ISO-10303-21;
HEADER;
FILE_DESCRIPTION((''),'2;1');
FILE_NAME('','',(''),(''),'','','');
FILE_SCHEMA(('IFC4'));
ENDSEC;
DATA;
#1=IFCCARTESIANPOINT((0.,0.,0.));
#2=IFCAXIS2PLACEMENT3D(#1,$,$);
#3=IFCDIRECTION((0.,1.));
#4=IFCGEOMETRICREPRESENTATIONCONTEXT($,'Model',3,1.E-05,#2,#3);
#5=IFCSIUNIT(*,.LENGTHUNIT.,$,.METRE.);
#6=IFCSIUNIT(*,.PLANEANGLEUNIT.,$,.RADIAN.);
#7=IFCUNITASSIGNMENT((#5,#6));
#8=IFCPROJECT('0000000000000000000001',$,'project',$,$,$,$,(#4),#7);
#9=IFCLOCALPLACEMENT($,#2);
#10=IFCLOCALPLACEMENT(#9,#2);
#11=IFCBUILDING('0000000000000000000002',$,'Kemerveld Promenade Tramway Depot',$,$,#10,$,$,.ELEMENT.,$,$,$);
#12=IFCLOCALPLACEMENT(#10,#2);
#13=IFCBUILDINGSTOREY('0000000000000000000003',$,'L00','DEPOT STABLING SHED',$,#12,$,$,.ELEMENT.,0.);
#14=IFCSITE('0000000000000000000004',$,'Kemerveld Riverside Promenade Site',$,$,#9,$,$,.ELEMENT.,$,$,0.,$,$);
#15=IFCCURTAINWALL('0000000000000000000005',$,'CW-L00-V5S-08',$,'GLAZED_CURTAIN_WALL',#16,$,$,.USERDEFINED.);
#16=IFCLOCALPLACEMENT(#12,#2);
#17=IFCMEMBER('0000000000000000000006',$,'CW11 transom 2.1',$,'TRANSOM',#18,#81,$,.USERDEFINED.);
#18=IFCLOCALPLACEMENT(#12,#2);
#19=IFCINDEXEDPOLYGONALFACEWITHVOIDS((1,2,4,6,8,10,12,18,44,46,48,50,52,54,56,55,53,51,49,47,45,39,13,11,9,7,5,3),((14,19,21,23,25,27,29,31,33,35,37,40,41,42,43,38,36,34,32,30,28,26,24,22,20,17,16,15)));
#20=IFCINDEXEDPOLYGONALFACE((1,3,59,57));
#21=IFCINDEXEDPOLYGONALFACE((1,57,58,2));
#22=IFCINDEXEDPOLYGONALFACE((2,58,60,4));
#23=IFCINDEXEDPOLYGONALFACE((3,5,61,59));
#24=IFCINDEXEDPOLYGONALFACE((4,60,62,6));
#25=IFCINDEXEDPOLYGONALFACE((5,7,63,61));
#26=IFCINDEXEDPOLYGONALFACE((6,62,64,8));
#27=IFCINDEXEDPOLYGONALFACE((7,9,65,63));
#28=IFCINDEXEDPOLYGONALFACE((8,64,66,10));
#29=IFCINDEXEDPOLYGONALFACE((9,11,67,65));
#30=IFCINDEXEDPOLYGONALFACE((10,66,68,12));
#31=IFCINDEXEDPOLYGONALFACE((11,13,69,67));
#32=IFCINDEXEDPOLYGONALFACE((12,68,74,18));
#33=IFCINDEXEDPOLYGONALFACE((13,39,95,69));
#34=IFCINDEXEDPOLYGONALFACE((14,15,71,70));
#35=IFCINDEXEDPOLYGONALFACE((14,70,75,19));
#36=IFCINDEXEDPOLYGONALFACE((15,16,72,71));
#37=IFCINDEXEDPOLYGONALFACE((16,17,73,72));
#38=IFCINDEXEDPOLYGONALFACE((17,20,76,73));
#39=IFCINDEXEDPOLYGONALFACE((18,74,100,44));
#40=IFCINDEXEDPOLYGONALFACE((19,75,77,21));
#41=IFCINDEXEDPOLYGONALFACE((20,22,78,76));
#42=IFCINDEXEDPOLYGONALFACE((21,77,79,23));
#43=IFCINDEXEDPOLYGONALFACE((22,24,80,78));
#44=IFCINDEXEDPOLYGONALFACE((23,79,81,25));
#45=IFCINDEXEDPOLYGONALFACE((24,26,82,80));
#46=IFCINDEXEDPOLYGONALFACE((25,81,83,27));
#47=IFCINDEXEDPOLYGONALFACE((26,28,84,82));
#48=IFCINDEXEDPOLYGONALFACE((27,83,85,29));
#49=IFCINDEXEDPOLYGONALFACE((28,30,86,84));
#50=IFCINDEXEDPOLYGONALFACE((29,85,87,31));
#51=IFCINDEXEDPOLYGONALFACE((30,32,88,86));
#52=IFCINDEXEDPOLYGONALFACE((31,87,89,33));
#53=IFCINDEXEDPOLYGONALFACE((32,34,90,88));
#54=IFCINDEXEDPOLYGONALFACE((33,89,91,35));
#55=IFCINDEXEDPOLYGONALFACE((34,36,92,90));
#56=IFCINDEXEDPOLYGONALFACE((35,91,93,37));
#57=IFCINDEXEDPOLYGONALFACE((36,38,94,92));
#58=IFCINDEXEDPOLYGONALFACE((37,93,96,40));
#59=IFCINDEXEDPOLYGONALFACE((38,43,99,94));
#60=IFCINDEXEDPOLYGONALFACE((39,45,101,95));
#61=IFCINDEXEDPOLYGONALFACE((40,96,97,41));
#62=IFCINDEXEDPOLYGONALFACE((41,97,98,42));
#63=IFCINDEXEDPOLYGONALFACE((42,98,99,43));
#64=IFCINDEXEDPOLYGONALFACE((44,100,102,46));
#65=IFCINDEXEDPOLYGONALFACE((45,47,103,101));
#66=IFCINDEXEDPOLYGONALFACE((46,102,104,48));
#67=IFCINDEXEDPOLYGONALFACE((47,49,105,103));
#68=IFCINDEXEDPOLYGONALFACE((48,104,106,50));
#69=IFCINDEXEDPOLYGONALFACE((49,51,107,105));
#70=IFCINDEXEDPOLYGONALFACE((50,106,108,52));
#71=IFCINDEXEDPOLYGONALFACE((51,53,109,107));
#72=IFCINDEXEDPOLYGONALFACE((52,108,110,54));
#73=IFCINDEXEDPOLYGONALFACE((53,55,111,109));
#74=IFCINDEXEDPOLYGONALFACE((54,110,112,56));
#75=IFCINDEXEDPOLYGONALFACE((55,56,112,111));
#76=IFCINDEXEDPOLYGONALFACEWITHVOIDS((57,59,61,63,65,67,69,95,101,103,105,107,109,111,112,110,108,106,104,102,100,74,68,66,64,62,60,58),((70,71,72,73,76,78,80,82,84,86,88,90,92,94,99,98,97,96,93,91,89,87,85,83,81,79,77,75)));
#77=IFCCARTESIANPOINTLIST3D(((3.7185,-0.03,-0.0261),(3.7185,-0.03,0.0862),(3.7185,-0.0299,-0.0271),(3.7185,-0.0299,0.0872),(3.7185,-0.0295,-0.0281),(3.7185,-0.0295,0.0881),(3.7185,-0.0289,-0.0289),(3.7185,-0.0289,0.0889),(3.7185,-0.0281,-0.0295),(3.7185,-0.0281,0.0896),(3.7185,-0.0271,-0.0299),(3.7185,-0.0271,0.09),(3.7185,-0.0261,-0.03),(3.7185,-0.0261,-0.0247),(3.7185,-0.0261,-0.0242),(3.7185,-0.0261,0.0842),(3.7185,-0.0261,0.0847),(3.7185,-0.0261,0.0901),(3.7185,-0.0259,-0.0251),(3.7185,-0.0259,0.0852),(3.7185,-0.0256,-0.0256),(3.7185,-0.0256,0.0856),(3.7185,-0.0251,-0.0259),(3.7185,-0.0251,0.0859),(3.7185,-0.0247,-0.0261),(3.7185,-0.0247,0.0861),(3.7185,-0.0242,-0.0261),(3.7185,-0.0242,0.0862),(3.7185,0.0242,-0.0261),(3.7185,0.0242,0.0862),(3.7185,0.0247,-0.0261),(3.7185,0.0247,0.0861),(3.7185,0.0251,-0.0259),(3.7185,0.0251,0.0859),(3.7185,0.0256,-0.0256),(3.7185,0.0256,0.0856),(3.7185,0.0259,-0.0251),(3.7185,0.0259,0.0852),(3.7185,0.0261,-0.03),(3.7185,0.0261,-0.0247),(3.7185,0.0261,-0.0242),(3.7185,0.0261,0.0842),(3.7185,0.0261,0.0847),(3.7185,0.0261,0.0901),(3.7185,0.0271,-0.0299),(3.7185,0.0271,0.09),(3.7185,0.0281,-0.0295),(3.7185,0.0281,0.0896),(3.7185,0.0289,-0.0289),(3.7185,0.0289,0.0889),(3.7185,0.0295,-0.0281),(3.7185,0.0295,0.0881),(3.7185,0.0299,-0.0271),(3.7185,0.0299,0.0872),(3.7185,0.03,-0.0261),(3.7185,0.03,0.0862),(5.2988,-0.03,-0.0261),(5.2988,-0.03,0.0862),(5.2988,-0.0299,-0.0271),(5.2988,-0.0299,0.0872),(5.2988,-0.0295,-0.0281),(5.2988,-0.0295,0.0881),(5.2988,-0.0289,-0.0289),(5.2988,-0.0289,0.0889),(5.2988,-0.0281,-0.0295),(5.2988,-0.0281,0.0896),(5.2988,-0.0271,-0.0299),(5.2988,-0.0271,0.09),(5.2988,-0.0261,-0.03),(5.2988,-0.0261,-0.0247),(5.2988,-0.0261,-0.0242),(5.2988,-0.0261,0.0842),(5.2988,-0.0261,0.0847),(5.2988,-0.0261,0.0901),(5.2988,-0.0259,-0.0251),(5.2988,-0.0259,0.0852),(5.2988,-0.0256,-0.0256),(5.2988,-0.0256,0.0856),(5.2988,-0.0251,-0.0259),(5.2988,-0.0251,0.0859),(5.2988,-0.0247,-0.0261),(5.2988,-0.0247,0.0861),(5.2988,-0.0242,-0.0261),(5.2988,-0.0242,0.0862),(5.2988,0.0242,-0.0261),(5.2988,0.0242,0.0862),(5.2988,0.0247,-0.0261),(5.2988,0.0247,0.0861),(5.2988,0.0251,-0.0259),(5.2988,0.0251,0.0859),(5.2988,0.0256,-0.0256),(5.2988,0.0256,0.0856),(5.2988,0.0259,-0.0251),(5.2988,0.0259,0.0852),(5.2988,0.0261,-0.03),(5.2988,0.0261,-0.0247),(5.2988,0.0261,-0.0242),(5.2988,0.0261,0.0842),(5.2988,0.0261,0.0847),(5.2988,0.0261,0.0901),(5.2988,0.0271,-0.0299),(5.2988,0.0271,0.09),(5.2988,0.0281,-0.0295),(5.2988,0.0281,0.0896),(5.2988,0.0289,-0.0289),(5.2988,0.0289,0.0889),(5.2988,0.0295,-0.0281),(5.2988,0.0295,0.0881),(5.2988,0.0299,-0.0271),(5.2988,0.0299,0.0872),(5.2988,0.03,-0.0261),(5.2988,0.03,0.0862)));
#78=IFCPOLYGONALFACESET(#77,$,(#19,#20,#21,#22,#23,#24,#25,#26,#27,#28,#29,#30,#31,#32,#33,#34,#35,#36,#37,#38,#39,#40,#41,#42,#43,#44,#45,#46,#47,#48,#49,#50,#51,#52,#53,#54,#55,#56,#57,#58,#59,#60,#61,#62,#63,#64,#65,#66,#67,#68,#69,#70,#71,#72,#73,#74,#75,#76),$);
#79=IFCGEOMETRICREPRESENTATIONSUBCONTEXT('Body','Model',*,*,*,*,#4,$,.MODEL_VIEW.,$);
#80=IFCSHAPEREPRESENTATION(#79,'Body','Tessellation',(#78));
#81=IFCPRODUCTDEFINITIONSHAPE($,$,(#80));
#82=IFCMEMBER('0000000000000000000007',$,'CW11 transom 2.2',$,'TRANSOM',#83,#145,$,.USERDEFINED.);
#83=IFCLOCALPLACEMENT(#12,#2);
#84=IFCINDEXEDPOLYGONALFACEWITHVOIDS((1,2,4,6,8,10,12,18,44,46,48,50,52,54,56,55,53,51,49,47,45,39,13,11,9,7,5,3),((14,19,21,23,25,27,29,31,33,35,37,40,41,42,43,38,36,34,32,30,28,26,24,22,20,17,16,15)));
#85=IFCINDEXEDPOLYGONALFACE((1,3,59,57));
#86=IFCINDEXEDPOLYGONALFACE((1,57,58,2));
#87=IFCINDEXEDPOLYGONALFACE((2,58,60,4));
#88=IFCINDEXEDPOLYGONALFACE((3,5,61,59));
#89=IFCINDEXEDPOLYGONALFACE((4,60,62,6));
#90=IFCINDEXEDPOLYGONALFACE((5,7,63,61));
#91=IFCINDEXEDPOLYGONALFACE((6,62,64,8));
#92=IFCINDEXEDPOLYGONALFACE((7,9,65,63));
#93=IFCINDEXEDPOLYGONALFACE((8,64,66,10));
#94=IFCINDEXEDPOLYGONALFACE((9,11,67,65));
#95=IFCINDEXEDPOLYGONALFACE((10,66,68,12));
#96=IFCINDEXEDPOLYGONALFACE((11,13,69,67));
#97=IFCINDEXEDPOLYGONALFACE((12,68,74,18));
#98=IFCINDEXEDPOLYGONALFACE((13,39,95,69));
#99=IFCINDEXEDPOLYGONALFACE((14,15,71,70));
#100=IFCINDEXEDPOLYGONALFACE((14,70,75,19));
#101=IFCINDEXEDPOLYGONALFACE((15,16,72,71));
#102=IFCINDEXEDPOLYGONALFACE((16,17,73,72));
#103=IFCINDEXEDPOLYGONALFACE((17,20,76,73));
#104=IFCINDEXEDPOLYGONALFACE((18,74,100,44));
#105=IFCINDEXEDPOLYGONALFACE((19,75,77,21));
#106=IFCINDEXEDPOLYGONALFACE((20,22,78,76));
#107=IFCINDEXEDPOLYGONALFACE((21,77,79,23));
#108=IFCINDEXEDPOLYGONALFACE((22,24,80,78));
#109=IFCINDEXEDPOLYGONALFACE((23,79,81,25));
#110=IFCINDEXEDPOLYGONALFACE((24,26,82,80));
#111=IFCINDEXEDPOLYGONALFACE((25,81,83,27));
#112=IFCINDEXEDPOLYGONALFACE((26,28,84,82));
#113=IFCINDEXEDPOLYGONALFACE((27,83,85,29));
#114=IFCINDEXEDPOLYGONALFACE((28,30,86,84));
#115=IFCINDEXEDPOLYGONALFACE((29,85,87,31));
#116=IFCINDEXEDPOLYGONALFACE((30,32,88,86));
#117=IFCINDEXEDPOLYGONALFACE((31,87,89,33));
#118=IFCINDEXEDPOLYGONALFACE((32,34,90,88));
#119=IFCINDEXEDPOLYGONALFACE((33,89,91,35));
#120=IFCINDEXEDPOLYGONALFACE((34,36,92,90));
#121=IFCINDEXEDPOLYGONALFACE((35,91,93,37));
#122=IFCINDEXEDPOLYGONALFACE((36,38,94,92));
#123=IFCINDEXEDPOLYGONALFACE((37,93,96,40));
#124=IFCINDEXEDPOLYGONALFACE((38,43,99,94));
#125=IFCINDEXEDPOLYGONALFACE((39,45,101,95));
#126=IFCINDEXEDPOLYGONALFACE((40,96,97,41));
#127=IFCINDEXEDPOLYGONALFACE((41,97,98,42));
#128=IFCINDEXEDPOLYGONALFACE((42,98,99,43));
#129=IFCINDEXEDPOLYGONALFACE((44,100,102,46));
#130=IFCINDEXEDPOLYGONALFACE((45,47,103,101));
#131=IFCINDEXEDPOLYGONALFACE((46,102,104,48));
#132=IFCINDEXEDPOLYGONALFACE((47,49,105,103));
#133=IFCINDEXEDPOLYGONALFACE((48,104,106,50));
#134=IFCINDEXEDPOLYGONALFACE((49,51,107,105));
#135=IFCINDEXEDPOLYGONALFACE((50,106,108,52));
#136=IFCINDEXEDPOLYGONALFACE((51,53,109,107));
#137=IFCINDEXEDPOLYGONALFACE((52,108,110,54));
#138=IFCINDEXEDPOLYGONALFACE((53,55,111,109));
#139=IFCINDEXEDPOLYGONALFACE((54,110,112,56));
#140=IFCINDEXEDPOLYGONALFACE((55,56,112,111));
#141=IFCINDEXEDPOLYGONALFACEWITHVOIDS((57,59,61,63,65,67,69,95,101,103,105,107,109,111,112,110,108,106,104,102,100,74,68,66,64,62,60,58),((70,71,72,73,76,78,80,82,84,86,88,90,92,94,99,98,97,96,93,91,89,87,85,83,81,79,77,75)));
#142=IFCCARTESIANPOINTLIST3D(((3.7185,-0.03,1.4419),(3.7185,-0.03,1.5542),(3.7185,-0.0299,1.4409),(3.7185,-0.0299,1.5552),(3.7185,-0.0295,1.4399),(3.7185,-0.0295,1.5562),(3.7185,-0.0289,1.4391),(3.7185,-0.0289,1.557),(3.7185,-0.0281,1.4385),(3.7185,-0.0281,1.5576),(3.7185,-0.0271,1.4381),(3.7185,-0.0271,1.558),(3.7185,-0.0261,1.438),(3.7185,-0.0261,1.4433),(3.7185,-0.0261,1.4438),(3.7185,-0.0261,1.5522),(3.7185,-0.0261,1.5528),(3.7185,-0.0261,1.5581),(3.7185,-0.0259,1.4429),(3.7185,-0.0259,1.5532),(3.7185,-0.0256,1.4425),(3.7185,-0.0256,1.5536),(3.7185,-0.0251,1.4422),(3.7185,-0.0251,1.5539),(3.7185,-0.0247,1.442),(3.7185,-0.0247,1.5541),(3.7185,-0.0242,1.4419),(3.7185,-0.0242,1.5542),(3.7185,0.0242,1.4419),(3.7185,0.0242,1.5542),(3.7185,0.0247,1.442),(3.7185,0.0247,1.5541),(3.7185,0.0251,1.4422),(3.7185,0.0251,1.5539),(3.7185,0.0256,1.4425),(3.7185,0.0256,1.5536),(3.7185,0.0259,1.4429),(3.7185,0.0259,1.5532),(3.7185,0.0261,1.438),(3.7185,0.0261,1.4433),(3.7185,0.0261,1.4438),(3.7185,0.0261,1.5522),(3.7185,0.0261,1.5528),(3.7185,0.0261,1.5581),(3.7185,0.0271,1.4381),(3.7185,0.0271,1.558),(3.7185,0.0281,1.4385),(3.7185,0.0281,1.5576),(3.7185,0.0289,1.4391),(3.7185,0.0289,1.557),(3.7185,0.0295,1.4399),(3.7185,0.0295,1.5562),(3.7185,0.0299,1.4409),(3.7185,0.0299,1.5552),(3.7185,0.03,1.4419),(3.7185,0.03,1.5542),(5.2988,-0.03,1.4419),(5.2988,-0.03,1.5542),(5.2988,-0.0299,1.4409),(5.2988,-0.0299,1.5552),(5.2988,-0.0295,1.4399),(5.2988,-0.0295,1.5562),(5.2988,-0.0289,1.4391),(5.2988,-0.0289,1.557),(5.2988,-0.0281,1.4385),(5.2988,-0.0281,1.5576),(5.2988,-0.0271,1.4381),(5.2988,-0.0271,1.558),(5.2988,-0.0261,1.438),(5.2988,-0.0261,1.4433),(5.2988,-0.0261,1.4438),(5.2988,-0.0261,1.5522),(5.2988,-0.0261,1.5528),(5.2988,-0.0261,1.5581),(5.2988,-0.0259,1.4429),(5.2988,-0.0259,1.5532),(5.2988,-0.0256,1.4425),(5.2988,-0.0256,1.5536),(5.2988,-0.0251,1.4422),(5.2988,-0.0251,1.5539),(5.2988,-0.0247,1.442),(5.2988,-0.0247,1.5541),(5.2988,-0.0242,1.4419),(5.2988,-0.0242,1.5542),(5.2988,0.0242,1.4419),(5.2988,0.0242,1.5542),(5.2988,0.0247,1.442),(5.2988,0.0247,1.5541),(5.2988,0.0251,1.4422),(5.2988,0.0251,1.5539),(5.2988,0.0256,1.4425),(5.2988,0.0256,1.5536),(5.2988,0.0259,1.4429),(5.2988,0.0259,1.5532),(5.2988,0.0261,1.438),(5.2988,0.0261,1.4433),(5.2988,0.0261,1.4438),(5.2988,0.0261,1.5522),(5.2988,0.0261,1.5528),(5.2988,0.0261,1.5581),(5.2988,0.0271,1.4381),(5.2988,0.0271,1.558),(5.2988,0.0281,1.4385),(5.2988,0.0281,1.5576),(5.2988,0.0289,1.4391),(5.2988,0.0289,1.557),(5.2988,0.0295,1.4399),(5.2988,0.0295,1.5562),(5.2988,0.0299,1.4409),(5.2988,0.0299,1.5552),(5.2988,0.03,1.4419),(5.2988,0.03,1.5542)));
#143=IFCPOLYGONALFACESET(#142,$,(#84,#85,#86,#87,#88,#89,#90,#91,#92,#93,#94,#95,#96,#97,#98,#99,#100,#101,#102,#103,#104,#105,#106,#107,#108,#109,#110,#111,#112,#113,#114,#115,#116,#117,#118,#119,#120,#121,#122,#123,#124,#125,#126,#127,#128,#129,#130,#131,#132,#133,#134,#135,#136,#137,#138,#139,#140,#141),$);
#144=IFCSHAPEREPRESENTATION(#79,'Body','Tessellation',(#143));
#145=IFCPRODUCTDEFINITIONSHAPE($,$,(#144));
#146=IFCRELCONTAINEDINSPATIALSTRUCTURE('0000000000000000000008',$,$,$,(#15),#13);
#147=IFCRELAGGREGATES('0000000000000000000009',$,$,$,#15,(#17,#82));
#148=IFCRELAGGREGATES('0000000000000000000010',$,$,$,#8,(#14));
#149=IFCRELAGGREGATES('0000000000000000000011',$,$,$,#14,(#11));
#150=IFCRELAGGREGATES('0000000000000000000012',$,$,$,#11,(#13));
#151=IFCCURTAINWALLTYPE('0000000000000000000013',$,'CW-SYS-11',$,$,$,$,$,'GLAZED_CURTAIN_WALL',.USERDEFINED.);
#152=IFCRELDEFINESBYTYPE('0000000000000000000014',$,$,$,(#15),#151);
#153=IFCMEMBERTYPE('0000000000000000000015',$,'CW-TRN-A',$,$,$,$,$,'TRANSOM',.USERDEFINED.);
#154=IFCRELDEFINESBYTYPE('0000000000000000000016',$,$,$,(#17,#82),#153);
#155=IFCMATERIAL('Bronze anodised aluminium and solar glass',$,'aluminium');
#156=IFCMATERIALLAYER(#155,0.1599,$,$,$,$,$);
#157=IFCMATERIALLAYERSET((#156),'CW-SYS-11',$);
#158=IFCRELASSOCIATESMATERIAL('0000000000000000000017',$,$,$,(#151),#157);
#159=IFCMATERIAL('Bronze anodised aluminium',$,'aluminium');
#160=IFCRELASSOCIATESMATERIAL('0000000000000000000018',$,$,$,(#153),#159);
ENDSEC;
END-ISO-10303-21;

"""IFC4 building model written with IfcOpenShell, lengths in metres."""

from ifc_helpers import new_model, si_unit, direction, frame, origin, origin_2d, place, context, subcontext, project, spatial, hollow_rectangle, extrude, material, layer, layer_set, material_profile, profile_set, type_object, element, aggregate, save


model = new_model("IFC4")

# Units and contexts
model_context = context("Model", 3, precision=1e-05, world=origin(), true_north=direction((0.0, 1.0)))
body_context = subcontext(model_context, "Body", "Model", "MODEL_VIEW")
ifc_project = project(units=[si_unit("LENGTHUNIT", "METRE"), si_unit("PLANEANGLEUNIT", "RADIAN")], contexts=[model_context])

# Site, building, storey
site_placement = place(None, origin())
site = spatial("IfcSite", under=ifc_project, at=site_placement, Name="Kemerveld Riverside Promenade Site", CompositionType="ELEMENT", RefElevation=0.0)
building_placement = place(site_placement, origin())
building = spatial("IfcBuilding", under=site, at=building_placement, Name="Kemerveld Promenade Tramway Depot", CompositionType="ELEMENT")
storey_placement = place(building_placement, origin())
storey = spatial("IfcBuildingStorey", under=building, at=storey_placement, Name="L00", Description="DEPOT STABLING SHED", CompositionType="ELEMENT", Elevation=0.0)

# Curtain wall, members
ifc_material_1 = material(Name="Bronze anodised aluminium and solar glass", Category="aluminium")
ifc_layer_1 = layer(ifc_material_1, 0.1599)
ifc_layer_set_1 = layer_set([ifc_layer_1], Name="CW-SYS-11")
curtain_wall_type = type_object("IfcCurtainWallType", Name="CW-SYS-11", ElementType="GLAZED_CURTAIN_WALL", PredefinedType="USERDEFINED", material=ifc_layer_set_1)
curtain_wall_placement = place(storey_placement, origin())
curtain_wall = element("IfcCurtainWall", 1, at=curtain_wall_placement, inside=storey, type_object=curtain_wall_type, Name="CW-L00-V5S-08", ObjectType="GLAZED_CURTAIN_WALL", PredefinedType="USERDEFINED")
ifc_material_2 = material(Name="Bronze anodised aluminium", Category="aluminium")
ifc_material_profile_1 = material_profile(ifc_material_2, hollow_rectangle(XDim=0.0601, YDim=0.1201, WallThickness=0.0039, InnerFilletRadius=0.002, OuterFilletRadius=0.0039, at=origin_2d()), Name="CW-TRN-120x60")
ifc_profile_set_1 = profile_set([ifc_material_profile_1], Name="Bronze anodised aluminium")
member_type_1 = type_object("IfcMemberType", Name="CW-TRN-A", ElementType="TRANSOM", PredefinedType="USERDEFINED", material=ifc_profile_set_1)
member_1_placement = place(storey_placement, frame((5.2988, 0.0, 0.03), z_axis=(-1.0, 0.0, 0.0), x_axis=(0.0, -1.0, 0.0)))
member_1 = element("IfcMember", 2, at=member_1_placement, type_object=member_type_1, Name="CW11 transom 2.1", ObjectType="TRANSOM", PredefinedType="USERDEFINED", context=body_context, shape_type="SweptSolid", body=[
    extrude(hollow_rectangle(XDim=0.0601, YDim=0.1201, WallThickness=0.0039, InnerFilletRadius=0.002, OuterFilletRadius=0.0039, at=origin_2d()), origin(), (0.0, 0.0, 1.0), 1.5803),
])
member_2_placement = place(storey_placement, frame((5.2988, 0.0, 1.498), z_axis=(-1.0, 0.0, 0.0), x_axis=(0.0, -1.0, 0.0)))
member_2 = element("IfcMember", 3, at=member_2_placement, type_object=member_type_1, Name="CW11 transom 2.2", ObjectType="TRANSOM", PredefinedType="USERDEFINED", context=body_context, shape_type="SweptSolid", body=[
    extrude(hollow_rectangle(XDim=0.0601, YDim=0.1201, WallThickness=0.0039, InnerFilletRadius=0.002, OuterFilletRadius=0.0039, at=origin_2d()), origin(), (0.0, 0.0, 1.0), 1.5803),
])
aggregate(curtain_wall, [member_1, member_2])

save(model, "model.ifc")
